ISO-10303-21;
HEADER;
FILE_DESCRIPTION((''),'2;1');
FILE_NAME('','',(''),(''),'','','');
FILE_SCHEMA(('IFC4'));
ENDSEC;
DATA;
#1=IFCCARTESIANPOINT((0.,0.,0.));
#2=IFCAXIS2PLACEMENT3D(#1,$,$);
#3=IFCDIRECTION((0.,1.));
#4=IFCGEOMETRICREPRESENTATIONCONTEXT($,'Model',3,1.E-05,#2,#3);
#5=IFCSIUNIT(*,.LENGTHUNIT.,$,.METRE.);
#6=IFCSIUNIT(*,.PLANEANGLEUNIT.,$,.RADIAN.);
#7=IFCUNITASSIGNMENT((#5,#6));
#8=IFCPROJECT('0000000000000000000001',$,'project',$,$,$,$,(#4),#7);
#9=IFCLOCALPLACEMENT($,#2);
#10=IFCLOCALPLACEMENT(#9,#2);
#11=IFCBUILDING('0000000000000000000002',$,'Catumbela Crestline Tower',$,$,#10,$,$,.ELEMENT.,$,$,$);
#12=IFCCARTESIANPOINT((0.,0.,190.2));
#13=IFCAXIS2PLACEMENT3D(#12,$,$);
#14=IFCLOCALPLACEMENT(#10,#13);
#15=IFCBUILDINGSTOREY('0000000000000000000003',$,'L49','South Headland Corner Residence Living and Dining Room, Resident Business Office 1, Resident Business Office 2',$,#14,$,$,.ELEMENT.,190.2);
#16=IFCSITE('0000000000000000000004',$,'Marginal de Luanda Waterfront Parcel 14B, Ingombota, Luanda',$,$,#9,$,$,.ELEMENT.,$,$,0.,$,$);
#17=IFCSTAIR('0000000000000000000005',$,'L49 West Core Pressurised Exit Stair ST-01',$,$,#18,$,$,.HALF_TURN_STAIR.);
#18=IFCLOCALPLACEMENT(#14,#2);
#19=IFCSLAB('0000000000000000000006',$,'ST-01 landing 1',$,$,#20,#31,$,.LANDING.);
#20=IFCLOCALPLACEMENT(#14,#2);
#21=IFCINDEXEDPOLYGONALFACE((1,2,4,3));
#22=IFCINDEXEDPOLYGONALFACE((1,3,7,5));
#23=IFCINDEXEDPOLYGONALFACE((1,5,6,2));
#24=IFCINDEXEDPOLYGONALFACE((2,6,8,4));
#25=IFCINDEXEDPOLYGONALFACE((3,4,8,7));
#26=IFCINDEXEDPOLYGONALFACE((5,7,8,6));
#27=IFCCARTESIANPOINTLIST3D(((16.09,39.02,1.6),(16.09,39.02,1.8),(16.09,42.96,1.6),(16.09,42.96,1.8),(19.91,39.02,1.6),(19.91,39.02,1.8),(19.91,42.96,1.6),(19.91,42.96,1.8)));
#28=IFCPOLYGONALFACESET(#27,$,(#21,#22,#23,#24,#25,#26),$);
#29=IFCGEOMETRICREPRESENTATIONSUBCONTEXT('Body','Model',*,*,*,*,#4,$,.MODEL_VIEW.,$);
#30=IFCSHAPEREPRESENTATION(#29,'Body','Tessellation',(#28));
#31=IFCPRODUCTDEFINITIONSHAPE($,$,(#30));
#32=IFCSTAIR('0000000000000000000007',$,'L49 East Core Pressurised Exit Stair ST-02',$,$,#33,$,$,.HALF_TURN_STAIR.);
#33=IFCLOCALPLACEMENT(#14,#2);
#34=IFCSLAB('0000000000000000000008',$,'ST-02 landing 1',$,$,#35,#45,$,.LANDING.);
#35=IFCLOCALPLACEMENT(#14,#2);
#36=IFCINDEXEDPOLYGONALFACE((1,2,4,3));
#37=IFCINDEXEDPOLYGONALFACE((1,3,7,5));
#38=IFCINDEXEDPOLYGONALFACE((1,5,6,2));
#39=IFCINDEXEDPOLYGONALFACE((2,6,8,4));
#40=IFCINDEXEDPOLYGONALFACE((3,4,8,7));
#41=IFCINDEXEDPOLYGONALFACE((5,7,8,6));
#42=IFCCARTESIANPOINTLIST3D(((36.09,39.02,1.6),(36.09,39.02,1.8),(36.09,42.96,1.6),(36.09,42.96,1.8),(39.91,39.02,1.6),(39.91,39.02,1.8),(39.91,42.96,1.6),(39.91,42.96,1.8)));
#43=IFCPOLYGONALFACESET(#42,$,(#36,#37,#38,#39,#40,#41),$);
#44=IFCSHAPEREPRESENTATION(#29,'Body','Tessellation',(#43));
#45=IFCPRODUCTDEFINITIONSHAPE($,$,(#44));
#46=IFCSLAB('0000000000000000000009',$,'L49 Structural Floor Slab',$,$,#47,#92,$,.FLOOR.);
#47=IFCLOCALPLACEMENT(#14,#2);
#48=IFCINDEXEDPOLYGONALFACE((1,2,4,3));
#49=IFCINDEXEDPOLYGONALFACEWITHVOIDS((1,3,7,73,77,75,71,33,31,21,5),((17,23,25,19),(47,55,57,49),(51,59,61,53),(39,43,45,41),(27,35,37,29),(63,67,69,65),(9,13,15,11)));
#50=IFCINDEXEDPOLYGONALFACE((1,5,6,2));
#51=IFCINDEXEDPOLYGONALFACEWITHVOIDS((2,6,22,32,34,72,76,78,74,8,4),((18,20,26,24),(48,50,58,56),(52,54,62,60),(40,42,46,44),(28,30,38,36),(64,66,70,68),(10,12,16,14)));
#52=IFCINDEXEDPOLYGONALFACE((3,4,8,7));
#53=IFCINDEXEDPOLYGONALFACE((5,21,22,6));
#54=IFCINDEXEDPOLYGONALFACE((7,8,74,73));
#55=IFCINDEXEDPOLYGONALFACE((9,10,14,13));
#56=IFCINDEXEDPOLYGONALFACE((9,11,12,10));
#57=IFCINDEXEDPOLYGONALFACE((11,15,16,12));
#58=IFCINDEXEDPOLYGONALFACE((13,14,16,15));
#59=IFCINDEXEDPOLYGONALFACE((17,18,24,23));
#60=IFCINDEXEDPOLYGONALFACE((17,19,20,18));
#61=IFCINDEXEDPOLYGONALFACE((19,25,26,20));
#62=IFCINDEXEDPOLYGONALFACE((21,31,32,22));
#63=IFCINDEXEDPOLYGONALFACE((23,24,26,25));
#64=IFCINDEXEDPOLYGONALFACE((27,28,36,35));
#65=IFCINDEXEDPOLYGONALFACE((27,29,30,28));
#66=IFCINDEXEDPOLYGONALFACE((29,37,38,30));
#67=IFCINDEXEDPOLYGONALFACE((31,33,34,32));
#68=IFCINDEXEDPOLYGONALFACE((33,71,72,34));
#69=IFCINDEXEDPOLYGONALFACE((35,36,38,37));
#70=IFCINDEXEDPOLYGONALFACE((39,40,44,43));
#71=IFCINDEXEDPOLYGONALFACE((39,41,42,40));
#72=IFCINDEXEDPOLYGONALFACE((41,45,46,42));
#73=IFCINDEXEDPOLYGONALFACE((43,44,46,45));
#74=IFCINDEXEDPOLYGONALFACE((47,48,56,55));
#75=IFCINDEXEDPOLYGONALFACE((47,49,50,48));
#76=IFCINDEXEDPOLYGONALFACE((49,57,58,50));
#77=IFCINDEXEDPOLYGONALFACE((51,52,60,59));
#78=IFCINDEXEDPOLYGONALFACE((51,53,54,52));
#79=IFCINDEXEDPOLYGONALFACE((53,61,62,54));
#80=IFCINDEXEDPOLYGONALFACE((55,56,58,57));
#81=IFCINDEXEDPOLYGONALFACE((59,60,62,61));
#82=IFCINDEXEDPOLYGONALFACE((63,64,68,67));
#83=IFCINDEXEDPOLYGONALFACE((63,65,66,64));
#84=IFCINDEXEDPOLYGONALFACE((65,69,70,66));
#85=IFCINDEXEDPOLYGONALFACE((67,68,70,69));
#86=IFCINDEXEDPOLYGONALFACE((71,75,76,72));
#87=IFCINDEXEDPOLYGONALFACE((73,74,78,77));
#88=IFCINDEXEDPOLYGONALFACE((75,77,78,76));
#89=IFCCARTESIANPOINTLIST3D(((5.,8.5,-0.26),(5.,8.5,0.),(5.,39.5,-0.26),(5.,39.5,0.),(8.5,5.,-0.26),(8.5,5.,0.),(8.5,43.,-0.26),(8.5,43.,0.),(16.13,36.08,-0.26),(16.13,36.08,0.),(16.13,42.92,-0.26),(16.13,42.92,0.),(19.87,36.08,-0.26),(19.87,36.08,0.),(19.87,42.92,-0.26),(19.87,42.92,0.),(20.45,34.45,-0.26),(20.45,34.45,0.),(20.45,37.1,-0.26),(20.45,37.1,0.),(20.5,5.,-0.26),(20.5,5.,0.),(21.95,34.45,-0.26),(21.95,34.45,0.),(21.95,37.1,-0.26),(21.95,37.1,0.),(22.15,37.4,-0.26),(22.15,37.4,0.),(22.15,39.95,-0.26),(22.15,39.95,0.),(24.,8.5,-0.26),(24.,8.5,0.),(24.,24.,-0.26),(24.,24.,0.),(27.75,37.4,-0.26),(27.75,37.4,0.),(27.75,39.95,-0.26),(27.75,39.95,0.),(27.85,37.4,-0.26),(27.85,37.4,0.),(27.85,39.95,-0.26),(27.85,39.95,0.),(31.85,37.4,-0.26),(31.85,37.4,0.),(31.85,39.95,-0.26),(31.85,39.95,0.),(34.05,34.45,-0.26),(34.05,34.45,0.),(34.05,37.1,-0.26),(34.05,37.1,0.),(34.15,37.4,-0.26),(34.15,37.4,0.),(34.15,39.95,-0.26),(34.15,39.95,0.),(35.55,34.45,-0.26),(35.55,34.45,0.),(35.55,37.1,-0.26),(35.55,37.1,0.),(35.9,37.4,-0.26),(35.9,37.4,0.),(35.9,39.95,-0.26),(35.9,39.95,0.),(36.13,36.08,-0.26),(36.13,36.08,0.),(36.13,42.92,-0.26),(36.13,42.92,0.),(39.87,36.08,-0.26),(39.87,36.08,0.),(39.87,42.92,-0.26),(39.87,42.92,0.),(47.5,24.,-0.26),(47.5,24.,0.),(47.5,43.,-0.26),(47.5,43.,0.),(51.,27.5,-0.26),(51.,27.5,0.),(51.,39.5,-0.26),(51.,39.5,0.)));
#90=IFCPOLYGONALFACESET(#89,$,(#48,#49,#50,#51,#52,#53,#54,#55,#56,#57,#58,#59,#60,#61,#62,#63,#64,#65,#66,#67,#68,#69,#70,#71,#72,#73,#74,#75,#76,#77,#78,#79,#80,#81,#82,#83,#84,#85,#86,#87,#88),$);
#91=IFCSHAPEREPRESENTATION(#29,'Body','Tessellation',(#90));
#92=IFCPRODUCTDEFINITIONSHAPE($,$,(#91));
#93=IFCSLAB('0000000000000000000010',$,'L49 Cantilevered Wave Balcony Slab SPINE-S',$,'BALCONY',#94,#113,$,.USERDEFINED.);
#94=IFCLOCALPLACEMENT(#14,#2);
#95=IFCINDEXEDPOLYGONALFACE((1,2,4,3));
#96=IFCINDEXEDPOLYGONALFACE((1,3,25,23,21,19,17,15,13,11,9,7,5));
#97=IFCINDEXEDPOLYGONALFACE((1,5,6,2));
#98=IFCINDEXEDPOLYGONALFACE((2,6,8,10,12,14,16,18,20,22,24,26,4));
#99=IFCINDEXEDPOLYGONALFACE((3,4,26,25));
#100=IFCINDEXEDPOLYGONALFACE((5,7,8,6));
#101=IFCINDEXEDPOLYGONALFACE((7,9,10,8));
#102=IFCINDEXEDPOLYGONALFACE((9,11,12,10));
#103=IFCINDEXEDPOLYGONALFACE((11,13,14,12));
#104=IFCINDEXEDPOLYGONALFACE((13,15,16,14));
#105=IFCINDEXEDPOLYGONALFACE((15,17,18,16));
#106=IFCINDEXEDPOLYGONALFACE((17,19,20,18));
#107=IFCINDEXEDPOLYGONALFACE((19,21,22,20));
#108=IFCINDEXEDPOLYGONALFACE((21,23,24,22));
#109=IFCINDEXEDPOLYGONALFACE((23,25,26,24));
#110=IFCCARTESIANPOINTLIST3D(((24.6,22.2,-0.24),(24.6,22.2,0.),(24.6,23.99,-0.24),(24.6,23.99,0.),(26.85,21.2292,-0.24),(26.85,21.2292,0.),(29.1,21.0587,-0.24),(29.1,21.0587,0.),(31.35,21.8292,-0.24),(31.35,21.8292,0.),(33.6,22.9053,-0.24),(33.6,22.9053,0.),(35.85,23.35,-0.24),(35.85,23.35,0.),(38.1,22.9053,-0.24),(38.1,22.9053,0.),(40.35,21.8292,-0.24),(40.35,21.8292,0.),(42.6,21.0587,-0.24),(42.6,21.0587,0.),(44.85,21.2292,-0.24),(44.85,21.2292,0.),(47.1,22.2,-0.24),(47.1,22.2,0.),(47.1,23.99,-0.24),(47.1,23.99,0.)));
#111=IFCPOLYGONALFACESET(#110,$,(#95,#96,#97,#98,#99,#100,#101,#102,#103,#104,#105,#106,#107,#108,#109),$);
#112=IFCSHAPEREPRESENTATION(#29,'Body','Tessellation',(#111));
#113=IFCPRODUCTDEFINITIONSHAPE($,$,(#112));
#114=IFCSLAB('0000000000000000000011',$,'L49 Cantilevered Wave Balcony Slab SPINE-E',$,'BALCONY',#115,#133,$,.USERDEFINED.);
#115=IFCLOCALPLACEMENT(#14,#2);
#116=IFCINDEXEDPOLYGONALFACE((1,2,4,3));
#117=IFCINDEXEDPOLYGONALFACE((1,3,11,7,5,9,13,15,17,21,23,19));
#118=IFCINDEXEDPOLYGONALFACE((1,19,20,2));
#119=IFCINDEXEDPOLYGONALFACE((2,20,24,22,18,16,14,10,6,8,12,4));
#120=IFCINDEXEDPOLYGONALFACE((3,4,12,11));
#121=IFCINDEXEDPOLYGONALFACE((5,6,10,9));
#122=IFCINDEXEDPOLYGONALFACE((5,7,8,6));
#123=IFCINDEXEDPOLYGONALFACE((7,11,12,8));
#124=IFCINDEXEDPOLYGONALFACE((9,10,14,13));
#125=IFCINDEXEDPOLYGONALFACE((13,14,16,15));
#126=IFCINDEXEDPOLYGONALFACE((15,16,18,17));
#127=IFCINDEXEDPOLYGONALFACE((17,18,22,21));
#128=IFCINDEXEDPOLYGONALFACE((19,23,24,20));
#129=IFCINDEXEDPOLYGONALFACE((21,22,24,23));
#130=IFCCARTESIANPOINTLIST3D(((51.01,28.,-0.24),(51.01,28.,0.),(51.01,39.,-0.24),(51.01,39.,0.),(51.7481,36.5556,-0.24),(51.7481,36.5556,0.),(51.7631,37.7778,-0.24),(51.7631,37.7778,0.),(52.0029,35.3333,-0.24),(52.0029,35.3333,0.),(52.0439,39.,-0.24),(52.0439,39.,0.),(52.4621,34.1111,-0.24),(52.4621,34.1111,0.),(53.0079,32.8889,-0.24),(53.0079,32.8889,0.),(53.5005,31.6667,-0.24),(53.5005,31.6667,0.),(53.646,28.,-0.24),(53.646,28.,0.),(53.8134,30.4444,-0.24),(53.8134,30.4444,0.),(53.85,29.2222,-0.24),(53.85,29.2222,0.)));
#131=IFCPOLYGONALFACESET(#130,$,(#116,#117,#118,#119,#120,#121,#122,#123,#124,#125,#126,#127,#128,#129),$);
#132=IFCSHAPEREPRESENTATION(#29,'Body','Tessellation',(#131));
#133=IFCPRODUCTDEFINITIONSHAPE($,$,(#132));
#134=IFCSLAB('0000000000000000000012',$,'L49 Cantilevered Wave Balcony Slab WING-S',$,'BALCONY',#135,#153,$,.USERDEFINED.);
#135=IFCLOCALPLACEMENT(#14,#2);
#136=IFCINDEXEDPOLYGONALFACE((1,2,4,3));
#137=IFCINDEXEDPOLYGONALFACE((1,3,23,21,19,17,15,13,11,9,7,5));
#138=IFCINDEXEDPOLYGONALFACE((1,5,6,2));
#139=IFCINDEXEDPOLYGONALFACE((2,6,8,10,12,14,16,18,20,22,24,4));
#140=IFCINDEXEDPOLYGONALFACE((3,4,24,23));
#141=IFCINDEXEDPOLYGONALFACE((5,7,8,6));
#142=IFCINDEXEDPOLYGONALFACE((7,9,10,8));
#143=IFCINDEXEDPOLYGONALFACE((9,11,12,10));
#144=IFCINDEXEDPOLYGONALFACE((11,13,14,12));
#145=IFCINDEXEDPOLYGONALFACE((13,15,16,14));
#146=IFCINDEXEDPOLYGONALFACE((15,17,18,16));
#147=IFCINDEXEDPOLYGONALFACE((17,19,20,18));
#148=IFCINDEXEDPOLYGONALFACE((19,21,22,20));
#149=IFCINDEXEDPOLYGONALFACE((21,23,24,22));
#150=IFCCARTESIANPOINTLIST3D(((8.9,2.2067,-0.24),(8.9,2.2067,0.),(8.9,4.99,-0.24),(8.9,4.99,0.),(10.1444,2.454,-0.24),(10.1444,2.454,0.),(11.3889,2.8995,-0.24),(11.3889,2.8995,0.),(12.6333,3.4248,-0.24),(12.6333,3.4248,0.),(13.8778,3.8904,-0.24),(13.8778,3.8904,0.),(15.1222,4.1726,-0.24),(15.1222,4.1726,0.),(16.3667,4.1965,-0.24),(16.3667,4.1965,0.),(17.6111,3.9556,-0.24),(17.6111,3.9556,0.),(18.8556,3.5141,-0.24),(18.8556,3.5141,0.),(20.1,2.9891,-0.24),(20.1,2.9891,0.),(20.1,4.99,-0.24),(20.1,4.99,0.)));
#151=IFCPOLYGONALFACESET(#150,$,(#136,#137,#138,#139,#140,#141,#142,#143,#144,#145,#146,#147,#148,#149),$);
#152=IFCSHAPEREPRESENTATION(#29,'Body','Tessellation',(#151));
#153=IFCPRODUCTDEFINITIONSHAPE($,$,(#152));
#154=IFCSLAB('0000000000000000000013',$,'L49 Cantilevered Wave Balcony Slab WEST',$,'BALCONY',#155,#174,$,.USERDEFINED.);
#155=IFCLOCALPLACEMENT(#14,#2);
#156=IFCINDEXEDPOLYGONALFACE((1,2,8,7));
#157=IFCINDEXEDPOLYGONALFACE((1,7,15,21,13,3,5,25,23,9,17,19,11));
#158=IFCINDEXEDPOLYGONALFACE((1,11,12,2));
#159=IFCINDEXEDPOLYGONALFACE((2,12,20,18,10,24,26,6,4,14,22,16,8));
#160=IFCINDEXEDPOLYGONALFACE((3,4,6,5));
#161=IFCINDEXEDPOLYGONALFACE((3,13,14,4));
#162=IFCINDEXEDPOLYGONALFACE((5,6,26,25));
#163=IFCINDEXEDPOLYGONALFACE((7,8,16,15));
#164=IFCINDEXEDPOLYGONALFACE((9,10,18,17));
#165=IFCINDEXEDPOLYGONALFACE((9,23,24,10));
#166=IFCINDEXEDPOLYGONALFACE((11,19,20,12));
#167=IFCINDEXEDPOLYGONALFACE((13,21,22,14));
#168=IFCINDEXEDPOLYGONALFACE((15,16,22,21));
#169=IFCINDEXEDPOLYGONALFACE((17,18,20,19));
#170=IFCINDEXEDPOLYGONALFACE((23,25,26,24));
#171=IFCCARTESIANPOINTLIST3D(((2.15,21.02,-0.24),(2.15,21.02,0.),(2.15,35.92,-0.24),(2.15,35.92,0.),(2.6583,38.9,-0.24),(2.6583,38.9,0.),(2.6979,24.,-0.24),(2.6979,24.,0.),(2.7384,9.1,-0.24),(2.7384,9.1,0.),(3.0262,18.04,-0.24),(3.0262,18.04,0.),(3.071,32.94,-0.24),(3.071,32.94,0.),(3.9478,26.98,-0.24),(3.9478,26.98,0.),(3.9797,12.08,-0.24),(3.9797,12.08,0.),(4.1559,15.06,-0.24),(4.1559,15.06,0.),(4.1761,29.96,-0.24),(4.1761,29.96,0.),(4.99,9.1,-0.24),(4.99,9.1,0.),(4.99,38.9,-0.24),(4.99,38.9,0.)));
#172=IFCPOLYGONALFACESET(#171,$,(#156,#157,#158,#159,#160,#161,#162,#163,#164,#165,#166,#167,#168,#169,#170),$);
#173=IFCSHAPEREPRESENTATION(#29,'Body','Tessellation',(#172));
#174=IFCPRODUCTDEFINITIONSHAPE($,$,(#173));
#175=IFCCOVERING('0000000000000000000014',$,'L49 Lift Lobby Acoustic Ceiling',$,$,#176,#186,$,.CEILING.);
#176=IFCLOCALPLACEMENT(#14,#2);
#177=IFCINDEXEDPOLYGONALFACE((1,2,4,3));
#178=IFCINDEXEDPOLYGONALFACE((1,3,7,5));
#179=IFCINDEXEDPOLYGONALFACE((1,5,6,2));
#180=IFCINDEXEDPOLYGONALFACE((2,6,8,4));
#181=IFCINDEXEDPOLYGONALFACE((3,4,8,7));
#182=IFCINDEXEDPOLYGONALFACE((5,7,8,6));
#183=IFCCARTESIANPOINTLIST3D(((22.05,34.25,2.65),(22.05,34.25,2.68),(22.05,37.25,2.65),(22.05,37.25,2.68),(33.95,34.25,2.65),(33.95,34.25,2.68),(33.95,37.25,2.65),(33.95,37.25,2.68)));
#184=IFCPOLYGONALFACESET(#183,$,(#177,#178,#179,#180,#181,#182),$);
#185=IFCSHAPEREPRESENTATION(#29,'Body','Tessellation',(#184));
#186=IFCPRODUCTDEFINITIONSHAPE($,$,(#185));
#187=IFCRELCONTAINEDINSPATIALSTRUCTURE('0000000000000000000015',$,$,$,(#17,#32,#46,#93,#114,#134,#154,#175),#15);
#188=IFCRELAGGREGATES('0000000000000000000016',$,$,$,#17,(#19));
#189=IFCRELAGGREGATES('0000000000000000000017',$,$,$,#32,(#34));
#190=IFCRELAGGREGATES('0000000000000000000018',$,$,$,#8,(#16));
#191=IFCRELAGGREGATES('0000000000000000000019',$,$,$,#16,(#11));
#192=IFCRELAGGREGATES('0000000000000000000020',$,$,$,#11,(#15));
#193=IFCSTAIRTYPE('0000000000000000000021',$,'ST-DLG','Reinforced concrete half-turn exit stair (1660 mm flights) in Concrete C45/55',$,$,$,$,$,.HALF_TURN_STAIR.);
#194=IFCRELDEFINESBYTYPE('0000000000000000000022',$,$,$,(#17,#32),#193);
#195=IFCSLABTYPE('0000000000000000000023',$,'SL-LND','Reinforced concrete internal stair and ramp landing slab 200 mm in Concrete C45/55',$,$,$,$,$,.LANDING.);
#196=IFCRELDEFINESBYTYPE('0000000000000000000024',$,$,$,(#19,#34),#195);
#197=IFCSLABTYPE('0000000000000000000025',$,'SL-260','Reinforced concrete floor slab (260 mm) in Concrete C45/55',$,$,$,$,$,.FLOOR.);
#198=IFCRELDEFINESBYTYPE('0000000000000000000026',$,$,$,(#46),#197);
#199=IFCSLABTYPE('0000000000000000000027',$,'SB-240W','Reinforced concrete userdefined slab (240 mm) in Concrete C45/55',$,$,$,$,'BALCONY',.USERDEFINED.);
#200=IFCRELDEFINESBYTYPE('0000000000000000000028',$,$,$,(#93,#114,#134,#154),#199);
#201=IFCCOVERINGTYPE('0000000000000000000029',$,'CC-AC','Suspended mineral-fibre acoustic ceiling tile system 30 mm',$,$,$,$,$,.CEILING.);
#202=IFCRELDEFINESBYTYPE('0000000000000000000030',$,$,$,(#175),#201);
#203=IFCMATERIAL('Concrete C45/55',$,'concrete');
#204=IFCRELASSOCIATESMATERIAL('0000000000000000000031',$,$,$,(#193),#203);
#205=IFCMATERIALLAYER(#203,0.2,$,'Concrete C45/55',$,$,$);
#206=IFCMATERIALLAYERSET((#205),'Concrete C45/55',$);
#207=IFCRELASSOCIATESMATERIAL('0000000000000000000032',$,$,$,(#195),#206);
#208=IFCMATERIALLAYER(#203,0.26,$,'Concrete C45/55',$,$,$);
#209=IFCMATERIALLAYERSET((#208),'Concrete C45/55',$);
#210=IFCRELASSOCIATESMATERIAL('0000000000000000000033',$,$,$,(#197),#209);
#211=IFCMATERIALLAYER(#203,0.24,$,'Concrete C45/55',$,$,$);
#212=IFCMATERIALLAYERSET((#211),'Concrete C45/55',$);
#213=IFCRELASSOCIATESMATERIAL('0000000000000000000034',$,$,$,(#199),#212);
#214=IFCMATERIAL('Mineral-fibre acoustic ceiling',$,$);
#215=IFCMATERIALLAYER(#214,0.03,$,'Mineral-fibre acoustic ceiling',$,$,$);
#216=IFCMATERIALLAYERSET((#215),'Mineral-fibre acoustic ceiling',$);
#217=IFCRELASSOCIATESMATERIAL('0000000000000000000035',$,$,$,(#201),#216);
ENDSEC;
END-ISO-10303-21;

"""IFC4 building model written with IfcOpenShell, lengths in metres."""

from ifc_helpers import new_model, si_unit, direction, frame, origin, place, context, subcontext, project, spatial, polyline, outline, extrude, material, layer, layer_set, type_object, element, aggregate, save


model = new_model("IFC4")

# Units and contexts
model_context = context("Model", 3, precision=1e-05, world=origin(), true_north=direction((0.0, 1.0)))
body_context = subcontext(model_context, "Body", "Model", "MODEL_VIEW")
ifc_project = project(units=[si_unit("LENGTHUNIT", "METRE"), si_unit("PLANEANGLEUNIT", "RADIAN")], contexts=[model_context])

# Site, building, storey
site_placement = place(None, origin())
site = spatial("IfcSite", under=ifc_project, at=site_placement, Name="Marginal de Luanda Waterfront Parcel 14B, Ingombota, Luanda", CompositionType="ELEMENT", RefElevation=0.0)
building_placement = place(site_placement, origin())
building = spatial("IfcBuilding", under=site, at=building_placement, Name="Catumbela Crestline Tower", CompositionType="ELEMENT")
storey_placement = place(building_placement, frame((0.0, 0.0, 190.2)))
storey = spatial("IfcBuildingStorey", under=building, at=storey_placement, Name="L49", Description="South Headland Corner Residence Living and Dining Room, Resident Business Office 1, Resident Business Office 2", CompositionType="ELEMENT", Elevation=190.2)

# Stairs, slabs
ifc_material_1 = material(Name="Concrete C45/55", Category="concrete")
stair_type = type_object("IfcStairType", Name="ST-DLG", Description="Reinforced concrete half-turn exit stair (1660 mm flights) in Concrete C45/55", PredefinedType="HALF_TURN_STAIR", material=ifc_material_1)
stair_1_placement = place(storey_placement, origin())
stair_1 = element("IfcStair", 1, at=stair_1_placement, inside=storey, type_object=stair_type, Name="L49 West Core Pressurised Exit Stair ST-01", PredefinedType="HALF_TURN_STAIR")
ifc_layer_1 = layer(ifc_material_1, 0.2, Name="Concrete C45/55")
ifc_layer_set_1 = layer_set([ifc_layer_1], Name="Concrete C45/55")
slab_type_1 = type_object("IfcSlabType", Name="SL-LND", Description="Reinforced concrete internal stair and ramp landing slab 200 mm in Concrete C45/55", PredefinedType="LANDING", material=ifc_layer_set_1)
slab_1_placement = place(storey_placement, frame((0.0, 0.0, 1.6)))
slab_1 = element("IfcSlab", 2, at=slab_1_placement, type_object=slab_type_1, Name="ST-01 landing 1", PredefinedType="LANDING", context=body_context, shape_type="SweptSolid", body=[
    extrude(outline(polyline([(19.91, 39.02), (19.91, 42.96), (16.09, 42.96), (16.09, 39.02), (19.91, 39.02)])), origin(), (0.0, 0.0, 1.0), 0.2),
])
aggregate(stair_1, [slab_1])
stair_2_placement = place(storey_placement, origin())
stair_2 = element("IfcStair", 3, at=stair_2_placement, inside=storey, type_object=stair_type, Name="L49 East Core Pressurised Exit Stair ST-02", PredefinedType="HALF_TURN_STAIR")
slab_2_placement = place(storey_placement, frame((0.0, 0.0, 1.6)))
slab_2 = element("IfcSlab", 4, at=slab_2_placement, type_object=slab_type_1, Name="ST-02 landing 1", PredefinedType="LANDING", context=body_context, shape_type="SweptSolid", body=[
    extrude(outline(polyline([(39.91, 39.02), (39.91, 42.96), (36.09, 42.96), (36.09, 39.02), (39.91, 39.02)])), origin(), (0.0, 0.0, 1.0), 0.2),
])
aggregate(stair_2, [slab_2])

# Slabs
ifc_layer_2 = layer(ifc_material_1, 0.26, Name="Concrete C45/55")
ifc_layer_set_2 = layer_set([ifc_layer_2], Name="Concrete C45/55")
slab_type_2 = type_object("IfcSlabType", Name="SL-260", Description="Reinforced concrete floor slab (260 mm) in Concrete C45/55", PredefinedType="FLOOR", material=ifc_layer_set_2)
slab_3_placement = place(storey_placement, frame((0.0, 0.0, -0.26)))
element("IfcSlab", 5, at=slab_3_placement, inside=storey, type_object=slab_type_2, Name="L49 Structural Floor Slab", PredefinedType="FLOOR", context=body_context, shape_type="SweptSolid", body=[
    extrude(outline(polyline([(8.5, 5.0), (20.5, 5.0), (24.0, 8.5), (24.0, 24.0), (47.5, 24.0), (51.0, 27.5), (51.0, 39.5), (47.5, 43.0), (8.5, 43.0), (5.0, 39.5), (5.0, 8.5), (8.5, 5.0)]), holes=[polyline([(16.13, 36.08), (19.87, 36.08), (19.87, 42.92), (16.13, 42.92), (16.13, 36.08)]), polyline([(36.13, 36.08), (39.87, 36.08), (39.87, 42.92), (36.13, 42.92), (36.13, 36.08)]), polyline([(22.15, 37.4), (27.75, 37.4), (27.75, 39.95), (22.15, 39.95), (22.15, 37.4)]), polyline([(27.85, 37.4), (31.85, 37.4), (31.85, 39.95), (27.85, 39.95), (27.85, 37.4)]), polyline([(20.45, 34.45), (21.95, 34.45), (21.95, 37.1), (20.45, 37.1), (20.45, 34.45)]), polyline([(34.05, 34.45), (35.55, 34.45), (35.55, 37.1), (34.05, 37.1), (34.05, 34.45)]), polyline([(34.15, 37.4), (35.9, 37.4), (35.9, 39.95), (34.15, 39.95), (34.15, 37.4)])]), origin(), (0.0, 0.0, 1.0), 0.26),
])
ifc_layer_3 = layer(ifc_material_1, 0.24, Name="Concrete C45/55")
ifc_layer_set_3 = layer_set([ifc_layer_3], Name="Concrete C45/55")
slab_type_3 = type_object("IfcSlabType", Name="SB-240W", Description="Reinforced concrete userdefined slab (240 mm) in Concrete C45/55", ElementType="BALCONY", PredefinedType="USERDEFINED", material=ifc_layer_set_3)
slab_4_placement = place(storey_placement, frame((0.0, 0.0, -0.24)))
element("IfcSlab", 6, at=slab_4_placement, inside=storey, type_object=slab_type_3, Name="L49 Cantilevered Wave Balcony Slab SPINE-S", ObjectType="BALCONY", PredefinedType="USERDEFINED", context=body_context, shape_type="SweptSolid", body=[
    extrude(outline(polyline([(24.6, 22.2), (26.85, 21.2292), (29.1, 21.0587), (31.35, 21.8292), (33.6, 22.9053), (35.85, 23.35), (38.1, 22.9053), (40.35, 21.8292), (42.6, 21.0587), (44.85, 21.2292), (47.1, 22.2), (47.1, 23.99), (24.6, 23.99), (24.6, 22.2)])), origin(), (0.0, 0.0, 1.0), 0.24),
])
slab_5_placement = place(storey_placement, frame((0.0, 0.0, -0.24)))
element("IfcSlab", 7, at=slab_5_placement, inside=storey, type_object=slab_type_3, Name="L49 Cantilevered Wave Balcony Slab SPINE-E", ObjectType="BALCONY", PredefinedType="USERDEFINED", context=body_context, shape_type="SweptSolid", body=[
    extrude(outline(polyline([(51.01, 28.0), (53.646, 28.0), (53.85, 29.2222), (53.8134, 30.4444), (53.5005, 31.6667), (53.0079, 32.8889), (52.4621, 34.1111), (52.0029, 35.3333), (51.7481, 36.5556), (51.7631, 37.7778), (52.0439, 39.0), (51.01, 39.0), (51.01, 28.0)])), origin(), (0.0, 0.0, 1.0), 0.24),
])
slab_6_placement = place(storey_placement, frame((0.0, 0.0, -0.24)))
element("IfcSlab", 8, at=slab_6_placement, inside=storey, type_object=slab_type_3, Name="L49 Cantilevered Wave Balcony Slab WING-S", ObjectType="BALCONY", PredefinedType="USERDEFINED", context=body_context, shape_type="SweptSolid", body=[
    extrude(outline(polyline([(8.9, 2.2067), (10.1444, 2.454), (11.3889, 2.8995), (12.6333, 3.4248), (13.8778, 3.8904), (15.1222, 4.1726), (16.3667, 4.1965), (17.6111, 3.9556), (18.8556, 3.5141), (20.1, 2.9891), (20.1, 4.99), (8.9, 4.99), (8.9, 2.2067)])), origin(), (0.0, 0.0, 1.0), 0.24),
])
slab_7_placement = place(storey_placement, frame((0.0, 0.0, -0.24)))
element("IfcSlab", 9, at=slab_7_placement, inside=storey, type_object=slab_type_3, Name="L49 Cantilevered Wave Balcony Slab WEST", ObjectType="BALCONY", PredefinedType="USERDEFINED", context=body_context, shape_type="SweptSolid", body=[
    extrude(outline(polyline([(4.99, 38.9), (2.6583, 38.9), (2.15, 35.92), (3.071, 32.94), (4.1761, 29.96), (3.9478, 26.98), (2.6979, 24.0), (2.15, 21.02), (3.0262, 18.04), (4.1559, 15.06), (3.9797, 12.08), (2.7384, 9.1), (4.99, 9.1), (4.99, 38.9)])), origin(), (0.0, 0.0, 1.0), 0.24),
])

# Covering
ifc_material_2 = material(Name="Mineral-fibre acoustic ceiling")
ifc_layer_4 = layer(ifc_material_2, 0.03, Name="Mineral-fibre acoustic ceiling")
ifc_layer_set_4 = layer_set([ifc_layer_4], Name="Mineral-fibre acoustic ceiling")
covering_type_1 = type_object("IfcCoveringType", Name="CC-AC", Description="Suspended mineral-fibre acoustic ceiling tile system 30 mm", PredefinedType="CEILING", material=ifc_layer_set_4)
covering_1_placement = place(storey_placement, frame((0.0, 0.0, 2.65)))
element("IfcCovering", 10, at=covering_1_placement, inside=storey, type_object=covering_type_1, Name="L49 Lift Lobby Acoustic Ceiling", PredefinedType="CEILING", context=body_context, shape_type="SweptSolid", body=[
    extrude(outline(polyline([(22.05, 34.25), (33.95, 34.25), (33.95, 37.25), (22.05, 37.25), (22.05, 34.25)])), origin(), (0.0, 0.0, 1.0), 0.03),
])

save(model, "model.ifc")
